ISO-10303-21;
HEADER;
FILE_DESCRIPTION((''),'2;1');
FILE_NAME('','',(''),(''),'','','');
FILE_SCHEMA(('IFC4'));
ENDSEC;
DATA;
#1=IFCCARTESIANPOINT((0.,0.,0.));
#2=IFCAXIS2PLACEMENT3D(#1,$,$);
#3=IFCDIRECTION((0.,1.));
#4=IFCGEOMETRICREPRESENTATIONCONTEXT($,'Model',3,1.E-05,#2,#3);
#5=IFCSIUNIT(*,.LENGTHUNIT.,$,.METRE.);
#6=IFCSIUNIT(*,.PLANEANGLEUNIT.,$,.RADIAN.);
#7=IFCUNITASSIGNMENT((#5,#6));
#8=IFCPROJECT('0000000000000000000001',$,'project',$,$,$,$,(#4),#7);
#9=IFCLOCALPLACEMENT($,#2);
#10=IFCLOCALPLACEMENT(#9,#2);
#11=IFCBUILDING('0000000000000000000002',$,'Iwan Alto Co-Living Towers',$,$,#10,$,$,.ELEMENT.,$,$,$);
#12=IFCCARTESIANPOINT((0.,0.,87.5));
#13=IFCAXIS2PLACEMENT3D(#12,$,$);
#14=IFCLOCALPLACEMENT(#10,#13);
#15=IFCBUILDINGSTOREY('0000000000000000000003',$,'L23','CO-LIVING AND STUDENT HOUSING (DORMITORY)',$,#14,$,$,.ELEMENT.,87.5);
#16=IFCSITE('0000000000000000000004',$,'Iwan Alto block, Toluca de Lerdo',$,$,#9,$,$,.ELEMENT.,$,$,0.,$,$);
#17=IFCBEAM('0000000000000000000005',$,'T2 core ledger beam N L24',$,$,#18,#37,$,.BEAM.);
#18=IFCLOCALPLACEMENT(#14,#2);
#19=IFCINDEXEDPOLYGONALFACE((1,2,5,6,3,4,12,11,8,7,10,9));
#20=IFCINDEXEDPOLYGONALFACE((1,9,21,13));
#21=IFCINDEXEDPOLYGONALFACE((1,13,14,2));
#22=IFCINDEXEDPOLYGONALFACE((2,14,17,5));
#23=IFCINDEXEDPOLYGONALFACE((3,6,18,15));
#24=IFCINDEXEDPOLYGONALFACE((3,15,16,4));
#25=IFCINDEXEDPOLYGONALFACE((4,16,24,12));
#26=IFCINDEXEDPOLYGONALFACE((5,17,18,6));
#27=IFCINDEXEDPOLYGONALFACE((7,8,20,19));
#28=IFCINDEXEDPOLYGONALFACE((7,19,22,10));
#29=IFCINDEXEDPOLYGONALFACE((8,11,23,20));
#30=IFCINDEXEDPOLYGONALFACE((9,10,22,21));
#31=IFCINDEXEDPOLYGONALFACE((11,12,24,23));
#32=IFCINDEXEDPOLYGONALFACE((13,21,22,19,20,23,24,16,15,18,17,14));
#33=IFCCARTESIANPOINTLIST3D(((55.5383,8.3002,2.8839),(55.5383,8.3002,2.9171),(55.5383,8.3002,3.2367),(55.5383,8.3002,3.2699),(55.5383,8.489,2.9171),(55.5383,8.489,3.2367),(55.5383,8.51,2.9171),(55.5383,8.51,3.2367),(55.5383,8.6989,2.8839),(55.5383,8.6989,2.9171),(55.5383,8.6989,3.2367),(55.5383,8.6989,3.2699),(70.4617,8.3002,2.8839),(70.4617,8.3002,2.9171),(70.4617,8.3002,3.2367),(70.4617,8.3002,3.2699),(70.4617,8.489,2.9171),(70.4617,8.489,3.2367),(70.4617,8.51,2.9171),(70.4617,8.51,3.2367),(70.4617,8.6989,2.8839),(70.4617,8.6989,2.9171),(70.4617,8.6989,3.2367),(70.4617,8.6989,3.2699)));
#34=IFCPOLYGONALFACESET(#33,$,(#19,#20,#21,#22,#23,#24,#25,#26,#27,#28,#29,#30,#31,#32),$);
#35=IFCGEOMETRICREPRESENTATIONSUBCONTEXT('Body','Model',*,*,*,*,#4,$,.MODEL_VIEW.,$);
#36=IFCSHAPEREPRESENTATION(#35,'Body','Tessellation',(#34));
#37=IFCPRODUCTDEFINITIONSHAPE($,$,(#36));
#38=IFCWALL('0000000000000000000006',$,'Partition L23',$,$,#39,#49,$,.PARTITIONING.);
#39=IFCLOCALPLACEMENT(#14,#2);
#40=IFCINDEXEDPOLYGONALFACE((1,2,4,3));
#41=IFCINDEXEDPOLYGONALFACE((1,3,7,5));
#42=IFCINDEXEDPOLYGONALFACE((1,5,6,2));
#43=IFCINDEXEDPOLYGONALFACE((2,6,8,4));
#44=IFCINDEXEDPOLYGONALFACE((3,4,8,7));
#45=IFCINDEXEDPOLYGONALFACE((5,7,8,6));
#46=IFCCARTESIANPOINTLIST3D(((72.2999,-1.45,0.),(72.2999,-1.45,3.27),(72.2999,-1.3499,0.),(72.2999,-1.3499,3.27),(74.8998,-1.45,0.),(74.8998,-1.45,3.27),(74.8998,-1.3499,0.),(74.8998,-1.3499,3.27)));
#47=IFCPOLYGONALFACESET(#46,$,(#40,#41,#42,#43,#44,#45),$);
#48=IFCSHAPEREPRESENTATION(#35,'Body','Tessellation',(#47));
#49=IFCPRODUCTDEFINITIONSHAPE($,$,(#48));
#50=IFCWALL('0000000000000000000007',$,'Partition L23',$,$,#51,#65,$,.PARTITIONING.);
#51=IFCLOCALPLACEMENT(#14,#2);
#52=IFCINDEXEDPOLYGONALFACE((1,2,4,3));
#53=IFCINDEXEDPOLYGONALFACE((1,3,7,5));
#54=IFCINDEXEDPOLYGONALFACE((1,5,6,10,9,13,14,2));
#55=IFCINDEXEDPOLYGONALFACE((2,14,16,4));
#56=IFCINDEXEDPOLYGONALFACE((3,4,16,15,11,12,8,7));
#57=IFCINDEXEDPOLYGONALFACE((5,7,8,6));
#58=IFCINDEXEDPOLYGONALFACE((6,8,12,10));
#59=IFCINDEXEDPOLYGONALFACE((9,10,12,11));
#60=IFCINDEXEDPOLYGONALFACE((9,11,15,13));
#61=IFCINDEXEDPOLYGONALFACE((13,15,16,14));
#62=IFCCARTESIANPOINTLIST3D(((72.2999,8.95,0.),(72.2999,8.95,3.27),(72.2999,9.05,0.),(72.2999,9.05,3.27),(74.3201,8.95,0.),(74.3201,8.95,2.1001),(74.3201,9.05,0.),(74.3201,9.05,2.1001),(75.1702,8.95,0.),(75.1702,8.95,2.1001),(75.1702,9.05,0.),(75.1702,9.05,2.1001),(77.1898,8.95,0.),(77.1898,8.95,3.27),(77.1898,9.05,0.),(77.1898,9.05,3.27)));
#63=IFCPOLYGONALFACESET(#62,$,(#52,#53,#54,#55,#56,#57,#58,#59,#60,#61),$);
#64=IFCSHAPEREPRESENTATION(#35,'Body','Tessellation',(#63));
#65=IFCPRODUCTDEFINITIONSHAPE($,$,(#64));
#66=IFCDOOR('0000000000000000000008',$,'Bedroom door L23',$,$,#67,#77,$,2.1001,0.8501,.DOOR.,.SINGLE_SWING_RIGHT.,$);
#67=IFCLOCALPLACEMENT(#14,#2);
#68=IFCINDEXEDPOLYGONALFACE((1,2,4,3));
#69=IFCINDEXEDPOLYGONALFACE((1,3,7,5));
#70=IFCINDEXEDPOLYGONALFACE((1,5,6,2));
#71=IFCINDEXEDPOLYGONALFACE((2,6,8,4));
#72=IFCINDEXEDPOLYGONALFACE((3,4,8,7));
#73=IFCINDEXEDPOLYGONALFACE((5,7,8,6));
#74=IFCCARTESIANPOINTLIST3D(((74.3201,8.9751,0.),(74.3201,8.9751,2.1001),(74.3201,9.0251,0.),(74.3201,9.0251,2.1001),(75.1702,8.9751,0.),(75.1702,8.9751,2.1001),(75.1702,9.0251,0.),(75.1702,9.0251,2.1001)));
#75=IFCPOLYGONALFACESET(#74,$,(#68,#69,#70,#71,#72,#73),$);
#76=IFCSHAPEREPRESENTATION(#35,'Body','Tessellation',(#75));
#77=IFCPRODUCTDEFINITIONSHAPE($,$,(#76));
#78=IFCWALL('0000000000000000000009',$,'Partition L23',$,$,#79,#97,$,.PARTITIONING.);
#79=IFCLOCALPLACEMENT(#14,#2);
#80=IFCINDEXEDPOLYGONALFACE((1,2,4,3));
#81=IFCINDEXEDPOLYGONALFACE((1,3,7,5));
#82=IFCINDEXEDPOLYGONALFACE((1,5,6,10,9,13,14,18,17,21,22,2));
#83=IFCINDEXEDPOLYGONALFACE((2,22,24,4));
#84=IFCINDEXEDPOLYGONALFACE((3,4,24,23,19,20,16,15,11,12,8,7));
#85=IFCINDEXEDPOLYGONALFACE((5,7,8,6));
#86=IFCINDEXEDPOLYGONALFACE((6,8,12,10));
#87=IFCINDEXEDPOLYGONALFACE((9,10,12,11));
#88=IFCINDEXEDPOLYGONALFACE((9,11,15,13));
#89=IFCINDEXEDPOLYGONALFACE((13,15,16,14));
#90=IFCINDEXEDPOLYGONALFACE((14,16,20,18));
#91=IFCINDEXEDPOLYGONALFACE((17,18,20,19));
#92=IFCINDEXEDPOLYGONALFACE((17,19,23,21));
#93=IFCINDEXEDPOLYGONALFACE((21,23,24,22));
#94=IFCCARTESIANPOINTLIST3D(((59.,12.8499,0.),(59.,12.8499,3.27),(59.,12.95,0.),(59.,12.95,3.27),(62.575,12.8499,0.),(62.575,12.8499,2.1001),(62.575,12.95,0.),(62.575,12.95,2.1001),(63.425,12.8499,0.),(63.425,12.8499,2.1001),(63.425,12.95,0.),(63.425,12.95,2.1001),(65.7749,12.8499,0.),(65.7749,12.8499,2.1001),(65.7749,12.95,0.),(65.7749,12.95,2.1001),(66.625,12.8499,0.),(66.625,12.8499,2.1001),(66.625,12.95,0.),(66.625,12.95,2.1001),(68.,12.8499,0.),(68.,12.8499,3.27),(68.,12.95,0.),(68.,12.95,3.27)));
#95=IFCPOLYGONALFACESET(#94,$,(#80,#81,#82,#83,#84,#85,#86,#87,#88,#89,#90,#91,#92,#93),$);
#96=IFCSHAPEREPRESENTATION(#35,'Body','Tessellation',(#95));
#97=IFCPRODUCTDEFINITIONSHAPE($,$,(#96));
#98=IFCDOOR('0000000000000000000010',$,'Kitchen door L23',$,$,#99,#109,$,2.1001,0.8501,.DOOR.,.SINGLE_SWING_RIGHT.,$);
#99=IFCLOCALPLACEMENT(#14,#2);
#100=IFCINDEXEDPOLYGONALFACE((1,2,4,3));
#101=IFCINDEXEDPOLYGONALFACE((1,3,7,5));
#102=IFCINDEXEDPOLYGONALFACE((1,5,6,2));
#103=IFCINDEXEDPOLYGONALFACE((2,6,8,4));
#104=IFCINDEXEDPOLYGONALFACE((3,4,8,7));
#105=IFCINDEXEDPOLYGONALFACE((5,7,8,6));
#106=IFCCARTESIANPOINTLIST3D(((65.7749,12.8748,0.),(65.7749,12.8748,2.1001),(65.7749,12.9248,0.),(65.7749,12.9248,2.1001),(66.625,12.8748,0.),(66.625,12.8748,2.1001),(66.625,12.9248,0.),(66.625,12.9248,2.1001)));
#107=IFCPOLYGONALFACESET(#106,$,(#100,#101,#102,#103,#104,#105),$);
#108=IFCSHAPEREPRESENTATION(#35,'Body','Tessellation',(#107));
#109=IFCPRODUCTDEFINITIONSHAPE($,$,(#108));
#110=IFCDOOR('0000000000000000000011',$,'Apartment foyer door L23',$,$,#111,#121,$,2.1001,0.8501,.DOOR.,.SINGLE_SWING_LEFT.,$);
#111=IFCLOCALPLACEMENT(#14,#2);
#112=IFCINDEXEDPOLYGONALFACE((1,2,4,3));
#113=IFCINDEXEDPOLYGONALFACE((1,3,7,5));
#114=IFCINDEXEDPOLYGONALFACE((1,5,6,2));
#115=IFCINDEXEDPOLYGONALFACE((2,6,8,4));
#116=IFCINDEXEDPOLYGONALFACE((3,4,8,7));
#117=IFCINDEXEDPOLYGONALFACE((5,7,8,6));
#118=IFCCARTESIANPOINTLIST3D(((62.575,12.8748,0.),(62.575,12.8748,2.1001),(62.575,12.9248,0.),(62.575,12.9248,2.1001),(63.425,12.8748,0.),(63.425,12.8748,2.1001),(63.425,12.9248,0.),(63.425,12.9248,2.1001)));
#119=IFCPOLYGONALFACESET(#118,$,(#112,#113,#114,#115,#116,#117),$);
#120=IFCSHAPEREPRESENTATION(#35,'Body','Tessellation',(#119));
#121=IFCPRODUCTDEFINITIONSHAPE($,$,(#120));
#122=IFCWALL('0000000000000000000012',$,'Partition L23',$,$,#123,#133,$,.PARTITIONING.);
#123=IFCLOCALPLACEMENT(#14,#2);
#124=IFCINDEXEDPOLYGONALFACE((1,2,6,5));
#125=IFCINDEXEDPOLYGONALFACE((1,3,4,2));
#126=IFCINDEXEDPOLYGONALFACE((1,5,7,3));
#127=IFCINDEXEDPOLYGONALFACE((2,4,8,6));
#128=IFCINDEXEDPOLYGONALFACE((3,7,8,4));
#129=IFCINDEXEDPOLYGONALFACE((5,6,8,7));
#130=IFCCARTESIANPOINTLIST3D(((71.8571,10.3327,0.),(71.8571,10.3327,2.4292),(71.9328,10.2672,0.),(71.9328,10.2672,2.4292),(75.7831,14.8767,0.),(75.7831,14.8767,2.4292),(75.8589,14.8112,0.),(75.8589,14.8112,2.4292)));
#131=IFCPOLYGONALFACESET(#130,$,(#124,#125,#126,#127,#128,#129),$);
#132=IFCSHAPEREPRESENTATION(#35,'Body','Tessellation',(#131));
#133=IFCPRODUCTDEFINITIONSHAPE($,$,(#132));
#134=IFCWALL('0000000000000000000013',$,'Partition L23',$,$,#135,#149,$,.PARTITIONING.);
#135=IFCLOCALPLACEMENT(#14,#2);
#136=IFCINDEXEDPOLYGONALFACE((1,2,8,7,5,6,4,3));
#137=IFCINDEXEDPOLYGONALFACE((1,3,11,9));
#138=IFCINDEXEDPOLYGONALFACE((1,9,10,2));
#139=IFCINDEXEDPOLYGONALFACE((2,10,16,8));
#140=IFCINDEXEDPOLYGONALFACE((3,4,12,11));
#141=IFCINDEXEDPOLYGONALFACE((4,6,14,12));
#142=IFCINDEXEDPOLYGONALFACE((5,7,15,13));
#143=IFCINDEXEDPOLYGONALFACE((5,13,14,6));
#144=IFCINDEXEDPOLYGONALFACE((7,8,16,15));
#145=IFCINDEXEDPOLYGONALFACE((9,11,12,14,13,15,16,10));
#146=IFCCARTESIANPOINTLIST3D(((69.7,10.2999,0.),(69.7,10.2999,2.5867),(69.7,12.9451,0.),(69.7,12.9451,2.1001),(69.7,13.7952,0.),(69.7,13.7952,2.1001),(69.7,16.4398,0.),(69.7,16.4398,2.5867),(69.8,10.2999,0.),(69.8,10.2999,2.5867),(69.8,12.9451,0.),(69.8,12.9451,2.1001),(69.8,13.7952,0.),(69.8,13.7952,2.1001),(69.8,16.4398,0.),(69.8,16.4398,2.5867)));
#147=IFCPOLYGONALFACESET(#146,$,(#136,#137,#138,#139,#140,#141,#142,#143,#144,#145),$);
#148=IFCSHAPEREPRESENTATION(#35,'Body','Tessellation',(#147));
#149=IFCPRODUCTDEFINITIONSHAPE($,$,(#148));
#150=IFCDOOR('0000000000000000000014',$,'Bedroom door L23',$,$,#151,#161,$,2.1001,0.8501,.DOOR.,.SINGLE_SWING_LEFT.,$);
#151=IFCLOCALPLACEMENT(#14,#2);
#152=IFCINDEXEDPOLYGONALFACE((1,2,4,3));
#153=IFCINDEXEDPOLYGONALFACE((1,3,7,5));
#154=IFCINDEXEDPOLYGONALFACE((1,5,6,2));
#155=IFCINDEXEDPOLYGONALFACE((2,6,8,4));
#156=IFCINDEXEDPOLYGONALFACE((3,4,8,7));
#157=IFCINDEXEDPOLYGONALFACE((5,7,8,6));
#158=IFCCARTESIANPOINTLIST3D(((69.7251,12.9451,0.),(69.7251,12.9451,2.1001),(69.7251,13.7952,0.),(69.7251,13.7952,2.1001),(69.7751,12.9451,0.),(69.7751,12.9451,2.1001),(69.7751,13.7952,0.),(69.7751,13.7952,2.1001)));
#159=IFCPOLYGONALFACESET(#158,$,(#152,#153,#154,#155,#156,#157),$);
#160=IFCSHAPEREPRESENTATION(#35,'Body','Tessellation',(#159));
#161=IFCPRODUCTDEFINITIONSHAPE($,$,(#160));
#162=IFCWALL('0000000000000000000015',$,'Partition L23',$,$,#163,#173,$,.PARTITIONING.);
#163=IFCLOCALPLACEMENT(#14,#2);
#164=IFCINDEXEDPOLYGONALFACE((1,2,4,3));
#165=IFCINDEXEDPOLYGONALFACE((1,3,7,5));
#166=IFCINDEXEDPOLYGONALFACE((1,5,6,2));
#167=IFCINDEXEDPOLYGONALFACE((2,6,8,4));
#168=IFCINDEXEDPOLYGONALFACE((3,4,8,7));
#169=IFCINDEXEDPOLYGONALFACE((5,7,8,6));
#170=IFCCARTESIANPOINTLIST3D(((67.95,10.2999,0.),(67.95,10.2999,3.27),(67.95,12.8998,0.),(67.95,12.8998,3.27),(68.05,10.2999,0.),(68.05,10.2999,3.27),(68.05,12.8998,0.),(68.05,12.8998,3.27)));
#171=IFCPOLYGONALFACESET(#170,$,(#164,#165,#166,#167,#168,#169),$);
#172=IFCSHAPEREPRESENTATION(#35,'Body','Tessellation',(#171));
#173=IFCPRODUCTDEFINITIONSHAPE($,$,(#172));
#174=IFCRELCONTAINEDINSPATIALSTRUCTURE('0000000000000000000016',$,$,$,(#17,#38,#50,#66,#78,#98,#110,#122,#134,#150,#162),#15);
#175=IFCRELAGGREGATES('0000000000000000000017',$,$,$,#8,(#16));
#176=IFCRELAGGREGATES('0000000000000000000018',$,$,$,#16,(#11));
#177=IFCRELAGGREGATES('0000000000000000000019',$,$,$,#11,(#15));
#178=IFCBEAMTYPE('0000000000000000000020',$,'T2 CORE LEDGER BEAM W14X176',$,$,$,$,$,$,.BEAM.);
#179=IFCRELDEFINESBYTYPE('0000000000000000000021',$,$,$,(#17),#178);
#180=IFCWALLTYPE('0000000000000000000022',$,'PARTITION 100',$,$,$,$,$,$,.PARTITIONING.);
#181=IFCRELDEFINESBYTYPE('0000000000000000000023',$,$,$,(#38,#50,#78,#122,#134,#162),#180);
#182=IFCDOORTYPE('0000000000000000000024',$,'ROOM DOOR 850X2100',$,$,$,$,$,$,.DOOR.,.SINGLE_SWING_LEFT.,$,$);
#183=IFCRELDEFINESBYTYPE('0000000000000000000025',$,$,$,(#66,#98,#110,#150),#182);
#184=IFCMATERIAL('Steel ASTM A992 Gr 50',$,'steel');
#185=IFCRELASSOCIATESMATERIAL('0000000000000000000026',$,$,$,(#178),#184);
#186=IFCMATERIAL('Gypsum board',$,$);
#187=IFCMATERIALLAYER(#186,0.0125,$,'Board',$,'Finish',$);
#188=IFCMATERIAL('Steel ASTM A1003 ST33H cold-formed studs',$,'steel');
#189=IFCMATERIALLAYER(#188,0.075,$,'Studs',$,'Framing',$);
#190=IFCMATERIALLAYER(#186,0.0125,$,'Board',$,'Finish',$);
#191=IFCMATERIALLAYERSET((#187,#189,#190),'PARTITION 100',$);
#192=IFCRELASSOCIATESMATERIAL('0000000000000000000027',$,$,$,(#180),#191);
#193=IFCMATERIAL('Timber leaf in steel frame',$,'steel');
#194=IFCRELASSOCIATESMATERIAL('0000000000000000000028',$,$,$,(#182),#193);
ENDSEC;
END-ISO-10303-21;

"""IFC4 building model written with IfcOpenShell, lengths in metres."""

from ifc_helpers import new_model, si_unit, direction, frame, frame_2d, origin, origin_2d, place, context, subcontext, project, spatial, rectangle, i_section, extrude, material, layer, layer_set, material_profile, profile_set, type_object, element, fill, save


model = new_model("IFC4")

# Units and contexts
model_context = context("Model", 3, precision=1e-05, world=origin(), true_north=direction((0.0, 1.0)))
body_context = subcontext(model_context, "Body", "Model", "MODEL_VIEW")
ifc_project = project(units=[si_unit("LENGTHUNIT", "METRE"), si_unit("PLANEANGLEUNIT", "RADIAN")], contexts=[model_context])

# Site, building, storey
site_placement = place(None, origin())
site = spatial("IfcSite", under=ifc_project, at=site_placement, Name="Iwan Alto block, Toluca de Lerdo", CompositionType="ELEMENT", RefElevation=0.0)
building_placement = place(site_placement, origin())
building = spatial("IfcBuilding", under=site, at=building_placement, Name="Iwan Alto Co-Living Towers", CompositionType="ELEMENT")
storey_placement = place(building_placement, frame((0.0, 0.0, 87.5)))
storey = spatial("IfcBuildingStorey", under=building, at=storey_placement, Name="L23", Description="CO-LIVING AND STUDENT HOUSING (DORMITORY)", CompositionType="ELEMENT", Elevation=87.5)

# Beam
ifc_material_1 = material(Name="Steel ASTM A992 Gr 50", Category="steel")
ifc_material_profile = material_profile(ifc_material_1, i_section(OverallWidth=0.3987, OverallDepth=0.386, WebThickness=0.021, FlangeThickness=0.0332, at=origin_2d()), Name="W14X176")
ifc_profile_set = profile_set([ifc_material_profile], Name="Steel ASTM A992 Gr 50")
beam_type = type_object("IfcBeamType", Name="T2 CORE LEDGER BEAM W14X176", PredefinedType="BEAM", material=ifc_profile_set)
beam_placement = place(storey_placement, frame((70.4617, 8.4995, 3.0769), z_axis=(-1.0, 0.0, 0.0), x_axis=(0.0, -1.0, 0.0)))
element("IfcBeam", 1, at=beam_placement, inside=storey, type_object=beam_type, Name="T2 core ledger beam N L24", PredefinedType="BEAM", context=body_context, shape_type="SweptSolid", body=[
    extrude(i_section(OverallWidth=0.3987, OverallDepth=0.386, WebThickness=0.021, FlangeThickness=0.0332, at=origin_2d()), origin(), (0.0, 0.0, 1.0), 14.9233),
])

# Wall
ifc_material_2 = material(Name="Gypsum board")
ifc_layer_1 = layer(ifc_material_2, 0.0125, Name="Board", Category="Finish")
ifc_material_3 = material(Name="Steel ASTM A1003 ST33H cold-formed studs", Category="steel")
ifc_layer_2 = layer(ifc_material_3, 0.075, Name="Studs", Category="Framing")
ifc_layer_3 = layer(ifc_material_2, 0.0125, Name="Board", Category="Finish")
ifc_layer_set_1 = layer_set([ifc_layer_1, ifc_layer_2, ifc_layer_3], Name="PARTITION 100")
wall_type_1 = type_object("IfcWallType", Name="PARTITION 100", PredefinedType="PARTITIONING", material=ifc_layer_set_1)
wall_1_placement = place(storey_placement, frame((72.3, -1.3999, 0.0), z_axis=(0.0, 0.0, 1.0), x_axis=(1.0, 0.0, 0.0)))
element("IfcWall", 2, at=wall_1_placement, inside=storey, type_object=wall_type_1, Name="Partition L23", PredefinedType="PARTITIONING", context=body_context, shape_type="SweptSolid", body=[
    extrude(rectangle(XDim=2.5999, YDim=0.1001, at=frame_2d((1.2998, 0.0))), origin(), (0.0, 0.0, 1.0), 3.27),
])

# Wall, opening, door
wall_2_placement = place(storey_placement, frame((72.3, 9.0, 0.0), z_axis=(0.0, 0.0, 1.0), x_axis=(1.0, 0.0, 0.0)))
wall_2 = element("IfcWall", 3, at=wall_2_placement, inside=storey, type_object=wall_type_1, Name="Partition L23", PredefinedType="PARTITIONING", context=body_context, shape_type="SweptSolid", body=[
    extrude(rectangle(XDim=4.8899, YDim=0.1001, at=frame_2d((2.4448, 0.0))), origin(), (0.0, 0.0, 1.0), 3.27),
])
opening_1_placement = place(wall_2_placement, frame((2.02, 0.0, 0.0)))
opening_1 = element("IfcOpeningElement", 4, at=opening_1_placement, cuts=wall_2, PredefinedType="OPENING", context=body_context, shape_type="SweptSolid", body=[
    extrude(rectangle(XDim=0.8501, YDim=2.1001, at=frame_2d((0.425, 1.05))), frame((0.0, 0.0601, 0.0), z_axis=(0.0, -1.0, 0.0), x_axis=(1.0, 0.0, 0.0)), (0.0, 0.0, 1.0), 0.1201),
])
ifc_material_4 = material(Name="Timber leaf in steel frame", Category="steel")
door_type_1 = type_object("IfcDoorType", Name="ROOM DOOR 850X2100", OperationType="SINGLE_SWING_LEFT", PredefinedType="DOOR", material=ifc_material_4)
door_1_placement = place(opening_1_placement, frame((0.8501, 0.0, 0.0), z_axis=(0.0, 0.0, 1.0), x_axis=(-1.0, 0.0, 0.0)))
door_1 = element("IfcDoor", 5, at=door_1_placement, inside=storey, type_object=door_type_1, Name="Bedroom door L23", OperationType="SINGLE_SWING_RIGHT", OverallHeight=2.1001, OverallWidth=0.8501, PredefinedType="DOOR", context=body_context, shape_type="SweptSolid", body=[
    extrude(rectangle(XDim=0.8501, YDim=2.1001, at=frame_2d((0.425, 1.05))), frame((0.0, 0.0249, 0.0), z_axis=(0.0, -1.0, 0.0), x_axis=(1.0, 0.0, 0.0)), (0.0, 0.0, 1.0), 0.05),
])
fill(opening_1, door_1)

# Wall, openings, doors
wall_3_placement = place(storey_placement, frame((59.0, 12.8999, 0.0), z_axis=(0.0, 0.0, 1.0), x_axis=(1.0, 0.0, 0.0)))
wall_3 = element("IfcWall", 6, at=wall_3_placement, inside=storey, type_object=wall_type_1, Name="Partition L23", PredefinedType="PARTITIONING", context=body_context, shape_type="SweptSolid", body=[
    extrude(rectangle(XDim=9.0, YDim=0.1001, at=frame_2d((4.5, 0.0))), origin(), (0.0, 0.0, 1.0), 3.27),
])
opening_2_placement = place(wall_3_placement, frame((6.7749, 0.0, 0.0)))
opening_2 = element("IfcOpeningElement", 7, at=opening_2_placement, cuts=wall_3, PredefinedType="OPENING", context=body_context, shape_type="SweptSolid", body=[
    extrude(rectangle(XDim=0.8501, YDim=2.1001, at=frame_2d((0.425, 1.05))), frame((0.0, 0.0601, 0.0), z_axis=(0.0, -1.0, 0.0), x_axis=(1.0, 0.0, 0.0)), (0.0, 0.0, 1.0), 0.1201),
])
opening_3_placement = place(wall_3_placement, frame((3.575, 0.0, 0.0)))
opening_3 = element("IfcOpeningElement", 8, at=opening_3_placement, cuts=wall_3, PredefinedType="OPENING", context=body_context, shape_type="SweptSolid", body=[
    extrude(rectangle(XDim=0.8501, YDim=2.1001, at=frame_2d((0.425, 1.05))), frame((0.0, 0.0601, 0.0), z_axis=(0.0, -1.0, 0.0), x_axis=(1.0, 0.0, 0.0)), (0.0, 0.0, 1.0), 0.1201),
])
door_2_placement = place(opening_2_placement, origin())
door_2 = element("IfcDoor", 9, at=door_2_placement, inside=storey, type_object=door_type_1, Name="Kitchen door L23", OperationType="SINGLE_SWING_RIGHT", OverallHeight=2.1001, OverallWidth=0.8501, PredefinedType="DOOR", context=body_context, shape_type="SweptSolid", body=[
    extrude(rectangle(XDim=0.8501, YDim=2.1001, at=frame_2d((0.425, 1.05))), frame((0.0, 0.0249, 0.0), z_axis=(0.0, -1.0, 0.0), x_axis=(1.0, 0.0, 0.0)), (0.0, 0.0, 1.0), 0.05),
])
fill(opening_2, door_2)
door_3_placement = place(opening_3_placement, origin())
door_3 = element("IfcDoor", 10, at=door_3_placement, inside=storey, type_object=door_type_1, Name="Apartment foyer door L23", OperationType="SINGLE_SWING_LEFT", OverallHeight=2.1001, OverallWidth=0.8501, PredefinedType="DOOR", context=body_context, shape_type="SweptSolid", body=[
    extrude(rectangle(XDim=0.8501, YDim=2.1001, at=frame_2d((0.425, 1.05))), frame((0.0, 0.0249, 0.0), z_axis=(0.0, -1.0, 0.0), x_axis=(1.0, 0.0, 0.0)), (0.0, 0.0, 1.0), 0.05),
])
fill(opening_3, door_3)

# Wall
wall_4_placement = place(storey_placement, frame((71.895, 10.3, 0.0), z_axis=(0.0, 0.0, 1.0), x_axis=(0.653783, 0.756682, 0.0)))
element("IfcWall", 11, at=wall_4_placement, inside=storey, type_object=wall_type_1, Name="Partition L23", PredefinedType="PARTITIONING", context=body_context, shape_type="SweptSolid", body=[
    extrude(rectangle(XDim=6.0051, YDim=0.1001, at=frame_2d((3.0024, 0.0))), origin(), (0.0, 0.0, 1.0), 2.4292),
])

# Wall, opening, door
wall_5_placement = place(storey_placement, frame((69.75, 10.3, 0.0), z_axis=(0.0, 0.0, 1.0), x_axis=(0.0, 1.0, 0.0)))
wall_5 = element("IfcWall", 12, at=wall_5_placement, inside=storey, type_object=wall_type_1, Name="Partition L23", PredefinedType="PARTITIONING", context=body_context, shape_type="SweptSolid", body=[
    extrude(rectangle(XDim=6.1399, YDim=0.1001, at=frame_2d((3.0698, 0.0))), origin(), (0.0, 0.0, 1.0), 2.5867),
])
opening_4_placement = place(wall_5_placement, frame((2.645, 0.0, 0.0)))
opening_4 = element("IfcOpeningElement", 13, at=opening_4_placement, cuts=wall_5, PredefinedType="OPENING", context=body_context, shape_type="SweptSolid", body=[
    extrude(rectangle(XDim=0.8501, YDim=2.1001, at=frame_2d((0.425, 1.05))), frame((0.0, 0.0601, 0.0), z_axis=(0.0, -1.0, 0.0), x_axis=(1.0, 0.0, 0.0)), (0.0, 0.0, 1.0), 0.1201),
])
door_4_placement = place(opening_4_placement, origin())
door_4 = element("IfcDoor", 14, at=door_4_placement, inside=storey, type_object=door_type_1, Name="Bedroom door L23", OperationType="SINGLE_SWING_LEFT", OverallHeight=2.1001, OverallWidth=0.8501, PredefinedType="DOOR", context=body_context, shape_type="SweptSolid", body=[
    extrude(rectangle(XDim=0.8501, YDim=2.1001, at=frame_2d((0.425, 1.05))), frame((0.0, 0.0249, 0.0), z_axis=(0.0, -1.0, 0.0), x_axis=(1.0, 0.0, 0.0)), (0.0, 0.0, 1.0), 0.05),
])
fill(opening_4, door_4)

# Wall
for number, where, z_axis, x_axis, name in (
    (15, (68.0, 10.3, 0.0), (0.0, 0.0, 1.0), (0.0, 1.0, 0.0), "Partition L23"),
):
    element("IfcWall", number, at=place(storey_placement, frame(where, z_axis=z_axis, x_axis=x_axis)), inside=storey, type_object=wall_type_1, Name=name, PredefinedType="PARTITIONING", context=body_context, shape_type="SweptSolid", body=[
        extrude(rectangle(XDim=2.5999, YDim=0.1001, at=frame_2d((1.2998, 0.0))), origin(), (0.0, 0.0, 1.0), 3.27),
    ])

save(model, "model.ifc")
